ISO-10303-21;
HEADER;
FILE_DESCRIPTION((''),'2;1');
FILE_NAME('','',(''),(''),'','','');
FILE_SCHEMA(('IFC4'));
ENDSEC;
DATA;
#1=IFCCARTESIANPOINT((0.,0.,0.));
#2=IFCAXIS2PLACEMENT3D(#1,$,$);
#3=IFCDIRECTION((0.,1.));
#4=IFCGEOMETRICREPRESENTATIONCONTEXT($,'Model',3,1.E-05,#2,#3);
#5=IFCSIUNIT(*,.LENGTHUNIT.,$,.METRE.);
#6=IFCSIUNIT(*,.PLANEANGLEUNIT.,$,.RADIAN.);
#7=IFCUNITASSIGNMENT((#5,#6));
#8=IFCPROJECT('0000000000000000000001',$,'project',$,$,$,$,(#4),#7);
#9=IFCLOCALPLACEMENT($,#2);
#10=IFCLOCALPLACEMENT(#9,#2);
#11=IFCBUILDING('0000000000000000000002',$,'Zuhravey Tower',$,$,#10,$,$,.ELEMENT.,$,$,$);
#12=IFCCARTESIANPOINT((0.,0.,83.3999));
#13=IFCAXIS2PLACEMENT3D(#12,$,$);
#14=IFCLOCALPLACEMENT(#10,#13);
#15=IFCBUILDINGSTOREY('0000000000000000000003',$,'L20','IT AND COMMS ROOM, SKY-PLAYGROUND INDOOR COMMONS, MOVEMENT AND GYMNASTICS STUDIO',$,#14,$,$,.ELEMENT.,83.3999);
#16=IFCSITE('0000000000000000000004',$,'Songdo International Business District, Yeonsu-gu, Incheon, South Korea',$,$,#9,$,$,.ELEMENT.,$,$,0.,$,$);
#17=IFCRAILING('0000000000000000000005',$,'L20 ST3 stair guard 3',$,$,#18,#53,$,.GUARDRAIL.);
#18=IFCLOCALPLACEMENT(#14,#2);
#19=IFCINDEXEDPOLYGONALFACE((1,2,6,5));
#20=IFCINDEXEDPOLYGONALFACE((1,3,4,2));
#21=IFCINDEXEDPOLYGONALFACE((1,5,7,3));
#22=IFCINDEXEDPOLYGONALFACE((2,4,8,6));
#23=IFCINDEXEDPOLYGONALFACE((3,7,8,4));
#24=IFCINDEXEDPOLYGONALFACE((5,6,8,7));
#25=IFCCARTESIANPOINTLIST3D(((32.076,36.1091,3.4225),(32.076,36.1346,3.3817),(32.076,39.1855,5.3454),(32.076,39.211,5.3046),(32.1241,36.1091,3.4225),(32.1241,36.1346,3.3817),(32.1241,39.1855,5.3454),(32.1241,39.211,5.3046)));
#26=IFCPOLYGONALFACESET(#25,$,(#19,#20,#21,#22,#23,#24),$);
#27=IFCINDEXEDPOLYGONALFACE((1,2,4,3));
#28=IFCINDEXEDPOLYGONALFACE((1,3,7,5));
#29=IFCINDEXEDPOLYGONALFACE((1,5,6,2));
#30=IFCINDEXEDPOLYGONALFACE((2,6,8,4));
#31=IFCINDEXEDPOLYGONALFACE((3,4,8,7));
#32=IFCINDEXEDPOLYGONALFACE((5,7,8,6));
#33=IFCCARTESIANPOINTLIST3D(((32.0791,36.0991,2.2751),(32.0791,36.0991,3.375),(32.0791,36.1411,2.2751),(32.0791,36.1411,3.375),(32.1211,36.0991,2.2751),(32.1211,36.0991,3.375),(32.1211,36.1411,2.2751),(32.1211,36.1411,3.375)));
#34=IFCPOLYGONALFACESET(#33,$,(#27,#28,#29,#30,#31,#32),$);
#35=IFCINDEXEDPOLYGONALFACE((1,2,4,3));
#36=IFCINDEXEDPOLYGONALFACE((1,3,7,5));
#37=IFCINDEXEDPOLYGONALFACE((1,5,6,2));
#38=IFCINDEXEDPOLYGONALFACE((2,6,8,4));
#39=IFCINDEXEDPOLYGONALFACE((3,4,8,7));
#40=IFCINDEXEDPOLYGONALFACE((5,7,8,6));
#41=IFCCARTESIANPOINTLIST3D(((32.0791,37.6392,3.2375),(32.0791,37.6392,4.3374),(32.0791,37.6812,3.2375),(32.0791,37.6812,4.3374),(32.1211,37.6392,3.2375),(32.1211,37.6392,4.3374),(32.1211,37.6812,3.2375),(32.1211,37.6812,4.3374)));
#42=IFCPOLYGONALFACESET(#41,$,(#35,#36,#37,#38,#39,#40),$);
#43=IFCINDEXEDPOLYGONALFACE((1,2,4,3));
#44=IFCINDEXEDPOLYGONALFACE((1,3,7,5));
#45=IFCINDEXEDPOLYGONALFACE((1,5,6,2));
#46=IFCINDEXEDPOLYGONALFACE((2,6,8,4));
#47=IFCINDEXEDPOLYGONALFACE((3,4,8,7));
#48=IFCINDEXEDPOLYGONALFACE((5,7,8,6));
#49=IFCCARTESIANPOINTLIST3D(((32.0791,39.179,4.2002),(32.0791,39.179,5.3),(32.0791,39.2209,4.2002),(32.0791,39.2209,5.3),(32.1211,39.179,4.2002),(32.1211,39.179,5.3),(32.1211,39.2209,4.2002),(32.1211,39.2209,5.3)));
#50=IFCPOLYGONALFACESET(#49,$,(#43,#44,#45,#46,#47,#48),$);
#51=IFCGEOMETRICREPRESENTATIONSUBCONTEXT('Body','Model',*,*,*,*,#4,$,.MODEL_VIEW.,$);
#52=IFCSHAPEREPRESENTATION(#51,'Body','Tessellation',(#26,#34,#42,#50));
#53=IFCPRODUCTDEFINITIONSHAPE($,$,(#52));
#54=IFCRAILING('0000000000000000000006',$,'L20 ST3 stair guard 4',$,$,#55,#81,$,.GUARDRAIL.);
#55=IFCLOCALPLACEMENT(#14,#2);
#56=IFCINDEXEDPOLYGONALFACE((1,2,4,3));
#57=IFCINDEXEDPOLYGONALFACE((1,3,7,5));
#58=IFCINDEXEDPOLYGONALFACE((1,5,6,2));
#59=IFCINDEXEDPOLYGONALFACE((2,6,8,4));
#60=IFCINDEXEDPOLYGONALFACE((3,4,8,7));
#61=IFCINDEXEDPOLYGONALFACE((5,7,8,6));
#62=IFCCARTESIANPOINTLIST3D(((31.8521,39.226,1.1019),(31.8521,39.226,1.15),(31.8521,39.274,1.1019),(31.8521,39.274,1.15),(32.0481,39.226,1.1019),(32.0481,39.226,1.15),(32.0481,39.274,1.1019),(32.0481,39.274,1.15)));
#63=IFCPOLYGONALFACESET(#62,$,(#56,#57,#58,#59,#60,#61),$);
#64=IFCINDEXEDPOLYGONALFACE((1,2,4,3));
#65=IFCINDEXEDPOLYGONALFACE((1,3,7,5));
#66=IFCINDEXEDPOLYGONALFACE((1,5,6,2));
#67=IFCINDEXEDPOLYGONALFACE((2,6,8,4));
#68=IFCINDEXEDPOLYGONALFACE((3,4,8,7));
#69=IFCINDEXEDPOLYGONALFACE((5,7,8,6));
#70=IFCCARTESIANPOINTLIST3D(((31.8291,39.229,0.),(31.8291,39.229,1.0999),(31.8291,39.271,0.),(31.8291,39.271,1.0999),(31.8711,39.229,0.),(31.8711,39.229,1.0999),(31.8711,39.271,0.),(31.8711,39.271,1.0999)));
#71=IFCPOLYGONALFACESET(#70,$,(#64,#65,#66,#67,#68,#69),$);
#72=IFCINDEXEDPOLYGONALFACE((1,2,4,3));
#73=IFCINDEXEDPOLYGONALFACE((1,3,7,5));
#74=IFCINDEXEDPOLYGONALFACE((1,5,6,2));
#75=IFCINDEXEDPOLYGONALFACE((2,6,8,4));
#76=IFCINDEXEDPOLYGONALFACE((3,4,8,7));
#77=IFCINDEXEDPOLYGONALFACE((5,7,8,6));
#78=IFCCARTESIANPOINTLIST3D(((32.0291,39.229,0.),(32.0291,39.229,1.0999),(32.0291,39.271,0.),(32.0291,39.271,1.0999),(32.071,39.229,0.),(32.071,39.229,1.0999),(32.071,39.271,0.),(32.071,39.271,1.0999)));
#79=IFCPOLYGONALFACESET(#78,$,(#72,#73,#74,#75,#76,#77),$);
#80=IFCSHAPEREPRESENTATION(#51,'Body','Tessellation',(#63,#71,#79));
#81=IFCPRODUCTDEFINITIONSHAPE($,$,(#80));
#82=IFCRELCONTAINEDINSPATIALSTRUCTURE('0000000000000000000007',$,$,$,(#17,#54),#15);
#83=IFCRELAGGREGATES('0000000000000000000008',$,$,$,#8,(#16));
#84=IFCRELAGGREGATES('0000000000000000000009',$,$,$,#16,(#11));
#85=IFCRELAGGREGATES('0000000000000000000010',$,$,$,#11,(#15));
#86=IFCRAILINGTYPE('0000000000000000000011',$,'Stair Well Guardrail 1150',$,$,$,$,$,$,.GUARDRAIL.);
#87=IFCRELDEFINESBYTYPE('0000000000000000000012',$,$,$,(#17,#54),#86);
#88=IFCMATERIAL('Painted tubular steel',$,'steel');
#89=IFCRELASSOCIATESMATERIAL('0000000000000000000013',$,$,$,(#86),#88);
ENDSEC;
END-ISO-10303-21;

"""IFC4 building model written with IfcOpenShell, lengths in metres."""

from ifc_helpers import new_model, si_unit, direction, frame, origin, origin_2d, place, context, subcontext, project, spatial, rectangle, extrude, material, type_object, element, save


model = new_model("IFC4")

# Units and contexts
model_context = context("Model", 3, precision=1e-05, world=origin(), true_north=direction((0.0, 1.0)))
body_context = subcontext(model_context, "Body", "Model", "MODEL_VIEW")
ifc_project = project(units=[si_unit("LENGTHUNIT", "METRE"), si_unit("PLANEANGLEUNIT", "RADIAN")], contexts=[model_context])

# Site, building, storey
site_placement = place(None, origin())
site = spatial("IfcSite", under=ifc_project, at=site_placement, Name="Songdo International Business District, Yeonsu-gu, Incheon, South Korea", CompositionType="ELEMENT", RefElevation=0.0)
building_placement = place(site_placement, origin())
building = spatial("IfcBuilding", under=site, at=building_placement, Name="Zuhravey Tower", CompositionType="ELEMENT")
storey_placement = place(building_placement, frame((0.0, 0.0, 83.3999)))
storey = spatial("IfcBuildingStorey", under=building, at=storey_placement, Name="L20", Description="IT AND COMMS ROOM, SKY-PLAYGROUND INDOOR COMMONS, MOVEMENT AND GYMNASTICS STUDIO", CompositionType="ELEMENT", Elevation=83.3999)

# Railings
ifc_material_1 = material(Name="Painted tubular steel", Category="steel")
railing_type_1 = type_object("IfcRailingType", Name="Stair Well Guardrail 1150", PredefinedType="GUARDRAIL", material=ifc_material_1)
railing_1_placement = place(storey_placement, frame((32.1001, 36.1201, 2.2751)))
element("IfcRailing", 1, at=railing_1_placement, inside=storey, type_object=railing_type_1, Name="L20 ST3 stair guard 3", PredefinedType="GUARDRAIL", context=body_context, shape_type="SweptSolid", body=[
    extrude(rectangle(XDim=0.0481, YDim=0.0481, at=origin_2d()), frame((0.0, 0.0017, 1.127), z_axis=(0.0, 0.847979, 0.530029), x_axis=(-1.0, 0.0, 0.0)), (0.0, 0.0, 1.0), 3.6279),
    extrude(rectangle(XDim=0.042, YDim=0.042, at=origin_2d()), origin(), (0.0, 0.0, 1.0), 1.0999),
    extrude(rectangle(XDim=0.042, YDim=0.042, at=origin_2d()), frame((0.0, 1.54, 0.9624)), (0.0, 0.0, 1.0), 1.0999),
    extrude(rectangle(XDim=0.042, YDim=0.042, at=origin_2d()), frame((0.0, 3.0798, 1.925)), (0.0, 0.0, 1.0), 1.0999),
])
railing_2_placement = place(storey_placement, frame((31.8501, 39.25, 0.0)))
element("IfcRailing", 2, at=railing_2_placement, inside=storey, type_object=railing_type_1, Name="L20 ST3 stair guard 4", PredefinedType="GUARDRAIL", context=body_context, shape_type="SweptSolid", body=[
    extrude(rectangle(XDim=0.0481, YDim=0.0481, at=origin_2d()), frame((0.002, 0.0, 1.126), z_axis=(1.0, 0.0, 0.0), x_axis=(0.0, 1.0, 0.0)), (0.0, 0.0, 1.0), 0.196),
    extrude(rectangle(XDim=0.042, YDim=0.042, at=origin_2d()), origin(), (0.0, 0.0, 1.0), 1.0999),
    extrude(rectangle(XDim=0.042, YDim=0.042, at=origin_2d()), frame((0.2, 0.0, 0.0)), (0.0, 0.0, 1.0), 1.0999),
])

save(model, "model.ifc")
